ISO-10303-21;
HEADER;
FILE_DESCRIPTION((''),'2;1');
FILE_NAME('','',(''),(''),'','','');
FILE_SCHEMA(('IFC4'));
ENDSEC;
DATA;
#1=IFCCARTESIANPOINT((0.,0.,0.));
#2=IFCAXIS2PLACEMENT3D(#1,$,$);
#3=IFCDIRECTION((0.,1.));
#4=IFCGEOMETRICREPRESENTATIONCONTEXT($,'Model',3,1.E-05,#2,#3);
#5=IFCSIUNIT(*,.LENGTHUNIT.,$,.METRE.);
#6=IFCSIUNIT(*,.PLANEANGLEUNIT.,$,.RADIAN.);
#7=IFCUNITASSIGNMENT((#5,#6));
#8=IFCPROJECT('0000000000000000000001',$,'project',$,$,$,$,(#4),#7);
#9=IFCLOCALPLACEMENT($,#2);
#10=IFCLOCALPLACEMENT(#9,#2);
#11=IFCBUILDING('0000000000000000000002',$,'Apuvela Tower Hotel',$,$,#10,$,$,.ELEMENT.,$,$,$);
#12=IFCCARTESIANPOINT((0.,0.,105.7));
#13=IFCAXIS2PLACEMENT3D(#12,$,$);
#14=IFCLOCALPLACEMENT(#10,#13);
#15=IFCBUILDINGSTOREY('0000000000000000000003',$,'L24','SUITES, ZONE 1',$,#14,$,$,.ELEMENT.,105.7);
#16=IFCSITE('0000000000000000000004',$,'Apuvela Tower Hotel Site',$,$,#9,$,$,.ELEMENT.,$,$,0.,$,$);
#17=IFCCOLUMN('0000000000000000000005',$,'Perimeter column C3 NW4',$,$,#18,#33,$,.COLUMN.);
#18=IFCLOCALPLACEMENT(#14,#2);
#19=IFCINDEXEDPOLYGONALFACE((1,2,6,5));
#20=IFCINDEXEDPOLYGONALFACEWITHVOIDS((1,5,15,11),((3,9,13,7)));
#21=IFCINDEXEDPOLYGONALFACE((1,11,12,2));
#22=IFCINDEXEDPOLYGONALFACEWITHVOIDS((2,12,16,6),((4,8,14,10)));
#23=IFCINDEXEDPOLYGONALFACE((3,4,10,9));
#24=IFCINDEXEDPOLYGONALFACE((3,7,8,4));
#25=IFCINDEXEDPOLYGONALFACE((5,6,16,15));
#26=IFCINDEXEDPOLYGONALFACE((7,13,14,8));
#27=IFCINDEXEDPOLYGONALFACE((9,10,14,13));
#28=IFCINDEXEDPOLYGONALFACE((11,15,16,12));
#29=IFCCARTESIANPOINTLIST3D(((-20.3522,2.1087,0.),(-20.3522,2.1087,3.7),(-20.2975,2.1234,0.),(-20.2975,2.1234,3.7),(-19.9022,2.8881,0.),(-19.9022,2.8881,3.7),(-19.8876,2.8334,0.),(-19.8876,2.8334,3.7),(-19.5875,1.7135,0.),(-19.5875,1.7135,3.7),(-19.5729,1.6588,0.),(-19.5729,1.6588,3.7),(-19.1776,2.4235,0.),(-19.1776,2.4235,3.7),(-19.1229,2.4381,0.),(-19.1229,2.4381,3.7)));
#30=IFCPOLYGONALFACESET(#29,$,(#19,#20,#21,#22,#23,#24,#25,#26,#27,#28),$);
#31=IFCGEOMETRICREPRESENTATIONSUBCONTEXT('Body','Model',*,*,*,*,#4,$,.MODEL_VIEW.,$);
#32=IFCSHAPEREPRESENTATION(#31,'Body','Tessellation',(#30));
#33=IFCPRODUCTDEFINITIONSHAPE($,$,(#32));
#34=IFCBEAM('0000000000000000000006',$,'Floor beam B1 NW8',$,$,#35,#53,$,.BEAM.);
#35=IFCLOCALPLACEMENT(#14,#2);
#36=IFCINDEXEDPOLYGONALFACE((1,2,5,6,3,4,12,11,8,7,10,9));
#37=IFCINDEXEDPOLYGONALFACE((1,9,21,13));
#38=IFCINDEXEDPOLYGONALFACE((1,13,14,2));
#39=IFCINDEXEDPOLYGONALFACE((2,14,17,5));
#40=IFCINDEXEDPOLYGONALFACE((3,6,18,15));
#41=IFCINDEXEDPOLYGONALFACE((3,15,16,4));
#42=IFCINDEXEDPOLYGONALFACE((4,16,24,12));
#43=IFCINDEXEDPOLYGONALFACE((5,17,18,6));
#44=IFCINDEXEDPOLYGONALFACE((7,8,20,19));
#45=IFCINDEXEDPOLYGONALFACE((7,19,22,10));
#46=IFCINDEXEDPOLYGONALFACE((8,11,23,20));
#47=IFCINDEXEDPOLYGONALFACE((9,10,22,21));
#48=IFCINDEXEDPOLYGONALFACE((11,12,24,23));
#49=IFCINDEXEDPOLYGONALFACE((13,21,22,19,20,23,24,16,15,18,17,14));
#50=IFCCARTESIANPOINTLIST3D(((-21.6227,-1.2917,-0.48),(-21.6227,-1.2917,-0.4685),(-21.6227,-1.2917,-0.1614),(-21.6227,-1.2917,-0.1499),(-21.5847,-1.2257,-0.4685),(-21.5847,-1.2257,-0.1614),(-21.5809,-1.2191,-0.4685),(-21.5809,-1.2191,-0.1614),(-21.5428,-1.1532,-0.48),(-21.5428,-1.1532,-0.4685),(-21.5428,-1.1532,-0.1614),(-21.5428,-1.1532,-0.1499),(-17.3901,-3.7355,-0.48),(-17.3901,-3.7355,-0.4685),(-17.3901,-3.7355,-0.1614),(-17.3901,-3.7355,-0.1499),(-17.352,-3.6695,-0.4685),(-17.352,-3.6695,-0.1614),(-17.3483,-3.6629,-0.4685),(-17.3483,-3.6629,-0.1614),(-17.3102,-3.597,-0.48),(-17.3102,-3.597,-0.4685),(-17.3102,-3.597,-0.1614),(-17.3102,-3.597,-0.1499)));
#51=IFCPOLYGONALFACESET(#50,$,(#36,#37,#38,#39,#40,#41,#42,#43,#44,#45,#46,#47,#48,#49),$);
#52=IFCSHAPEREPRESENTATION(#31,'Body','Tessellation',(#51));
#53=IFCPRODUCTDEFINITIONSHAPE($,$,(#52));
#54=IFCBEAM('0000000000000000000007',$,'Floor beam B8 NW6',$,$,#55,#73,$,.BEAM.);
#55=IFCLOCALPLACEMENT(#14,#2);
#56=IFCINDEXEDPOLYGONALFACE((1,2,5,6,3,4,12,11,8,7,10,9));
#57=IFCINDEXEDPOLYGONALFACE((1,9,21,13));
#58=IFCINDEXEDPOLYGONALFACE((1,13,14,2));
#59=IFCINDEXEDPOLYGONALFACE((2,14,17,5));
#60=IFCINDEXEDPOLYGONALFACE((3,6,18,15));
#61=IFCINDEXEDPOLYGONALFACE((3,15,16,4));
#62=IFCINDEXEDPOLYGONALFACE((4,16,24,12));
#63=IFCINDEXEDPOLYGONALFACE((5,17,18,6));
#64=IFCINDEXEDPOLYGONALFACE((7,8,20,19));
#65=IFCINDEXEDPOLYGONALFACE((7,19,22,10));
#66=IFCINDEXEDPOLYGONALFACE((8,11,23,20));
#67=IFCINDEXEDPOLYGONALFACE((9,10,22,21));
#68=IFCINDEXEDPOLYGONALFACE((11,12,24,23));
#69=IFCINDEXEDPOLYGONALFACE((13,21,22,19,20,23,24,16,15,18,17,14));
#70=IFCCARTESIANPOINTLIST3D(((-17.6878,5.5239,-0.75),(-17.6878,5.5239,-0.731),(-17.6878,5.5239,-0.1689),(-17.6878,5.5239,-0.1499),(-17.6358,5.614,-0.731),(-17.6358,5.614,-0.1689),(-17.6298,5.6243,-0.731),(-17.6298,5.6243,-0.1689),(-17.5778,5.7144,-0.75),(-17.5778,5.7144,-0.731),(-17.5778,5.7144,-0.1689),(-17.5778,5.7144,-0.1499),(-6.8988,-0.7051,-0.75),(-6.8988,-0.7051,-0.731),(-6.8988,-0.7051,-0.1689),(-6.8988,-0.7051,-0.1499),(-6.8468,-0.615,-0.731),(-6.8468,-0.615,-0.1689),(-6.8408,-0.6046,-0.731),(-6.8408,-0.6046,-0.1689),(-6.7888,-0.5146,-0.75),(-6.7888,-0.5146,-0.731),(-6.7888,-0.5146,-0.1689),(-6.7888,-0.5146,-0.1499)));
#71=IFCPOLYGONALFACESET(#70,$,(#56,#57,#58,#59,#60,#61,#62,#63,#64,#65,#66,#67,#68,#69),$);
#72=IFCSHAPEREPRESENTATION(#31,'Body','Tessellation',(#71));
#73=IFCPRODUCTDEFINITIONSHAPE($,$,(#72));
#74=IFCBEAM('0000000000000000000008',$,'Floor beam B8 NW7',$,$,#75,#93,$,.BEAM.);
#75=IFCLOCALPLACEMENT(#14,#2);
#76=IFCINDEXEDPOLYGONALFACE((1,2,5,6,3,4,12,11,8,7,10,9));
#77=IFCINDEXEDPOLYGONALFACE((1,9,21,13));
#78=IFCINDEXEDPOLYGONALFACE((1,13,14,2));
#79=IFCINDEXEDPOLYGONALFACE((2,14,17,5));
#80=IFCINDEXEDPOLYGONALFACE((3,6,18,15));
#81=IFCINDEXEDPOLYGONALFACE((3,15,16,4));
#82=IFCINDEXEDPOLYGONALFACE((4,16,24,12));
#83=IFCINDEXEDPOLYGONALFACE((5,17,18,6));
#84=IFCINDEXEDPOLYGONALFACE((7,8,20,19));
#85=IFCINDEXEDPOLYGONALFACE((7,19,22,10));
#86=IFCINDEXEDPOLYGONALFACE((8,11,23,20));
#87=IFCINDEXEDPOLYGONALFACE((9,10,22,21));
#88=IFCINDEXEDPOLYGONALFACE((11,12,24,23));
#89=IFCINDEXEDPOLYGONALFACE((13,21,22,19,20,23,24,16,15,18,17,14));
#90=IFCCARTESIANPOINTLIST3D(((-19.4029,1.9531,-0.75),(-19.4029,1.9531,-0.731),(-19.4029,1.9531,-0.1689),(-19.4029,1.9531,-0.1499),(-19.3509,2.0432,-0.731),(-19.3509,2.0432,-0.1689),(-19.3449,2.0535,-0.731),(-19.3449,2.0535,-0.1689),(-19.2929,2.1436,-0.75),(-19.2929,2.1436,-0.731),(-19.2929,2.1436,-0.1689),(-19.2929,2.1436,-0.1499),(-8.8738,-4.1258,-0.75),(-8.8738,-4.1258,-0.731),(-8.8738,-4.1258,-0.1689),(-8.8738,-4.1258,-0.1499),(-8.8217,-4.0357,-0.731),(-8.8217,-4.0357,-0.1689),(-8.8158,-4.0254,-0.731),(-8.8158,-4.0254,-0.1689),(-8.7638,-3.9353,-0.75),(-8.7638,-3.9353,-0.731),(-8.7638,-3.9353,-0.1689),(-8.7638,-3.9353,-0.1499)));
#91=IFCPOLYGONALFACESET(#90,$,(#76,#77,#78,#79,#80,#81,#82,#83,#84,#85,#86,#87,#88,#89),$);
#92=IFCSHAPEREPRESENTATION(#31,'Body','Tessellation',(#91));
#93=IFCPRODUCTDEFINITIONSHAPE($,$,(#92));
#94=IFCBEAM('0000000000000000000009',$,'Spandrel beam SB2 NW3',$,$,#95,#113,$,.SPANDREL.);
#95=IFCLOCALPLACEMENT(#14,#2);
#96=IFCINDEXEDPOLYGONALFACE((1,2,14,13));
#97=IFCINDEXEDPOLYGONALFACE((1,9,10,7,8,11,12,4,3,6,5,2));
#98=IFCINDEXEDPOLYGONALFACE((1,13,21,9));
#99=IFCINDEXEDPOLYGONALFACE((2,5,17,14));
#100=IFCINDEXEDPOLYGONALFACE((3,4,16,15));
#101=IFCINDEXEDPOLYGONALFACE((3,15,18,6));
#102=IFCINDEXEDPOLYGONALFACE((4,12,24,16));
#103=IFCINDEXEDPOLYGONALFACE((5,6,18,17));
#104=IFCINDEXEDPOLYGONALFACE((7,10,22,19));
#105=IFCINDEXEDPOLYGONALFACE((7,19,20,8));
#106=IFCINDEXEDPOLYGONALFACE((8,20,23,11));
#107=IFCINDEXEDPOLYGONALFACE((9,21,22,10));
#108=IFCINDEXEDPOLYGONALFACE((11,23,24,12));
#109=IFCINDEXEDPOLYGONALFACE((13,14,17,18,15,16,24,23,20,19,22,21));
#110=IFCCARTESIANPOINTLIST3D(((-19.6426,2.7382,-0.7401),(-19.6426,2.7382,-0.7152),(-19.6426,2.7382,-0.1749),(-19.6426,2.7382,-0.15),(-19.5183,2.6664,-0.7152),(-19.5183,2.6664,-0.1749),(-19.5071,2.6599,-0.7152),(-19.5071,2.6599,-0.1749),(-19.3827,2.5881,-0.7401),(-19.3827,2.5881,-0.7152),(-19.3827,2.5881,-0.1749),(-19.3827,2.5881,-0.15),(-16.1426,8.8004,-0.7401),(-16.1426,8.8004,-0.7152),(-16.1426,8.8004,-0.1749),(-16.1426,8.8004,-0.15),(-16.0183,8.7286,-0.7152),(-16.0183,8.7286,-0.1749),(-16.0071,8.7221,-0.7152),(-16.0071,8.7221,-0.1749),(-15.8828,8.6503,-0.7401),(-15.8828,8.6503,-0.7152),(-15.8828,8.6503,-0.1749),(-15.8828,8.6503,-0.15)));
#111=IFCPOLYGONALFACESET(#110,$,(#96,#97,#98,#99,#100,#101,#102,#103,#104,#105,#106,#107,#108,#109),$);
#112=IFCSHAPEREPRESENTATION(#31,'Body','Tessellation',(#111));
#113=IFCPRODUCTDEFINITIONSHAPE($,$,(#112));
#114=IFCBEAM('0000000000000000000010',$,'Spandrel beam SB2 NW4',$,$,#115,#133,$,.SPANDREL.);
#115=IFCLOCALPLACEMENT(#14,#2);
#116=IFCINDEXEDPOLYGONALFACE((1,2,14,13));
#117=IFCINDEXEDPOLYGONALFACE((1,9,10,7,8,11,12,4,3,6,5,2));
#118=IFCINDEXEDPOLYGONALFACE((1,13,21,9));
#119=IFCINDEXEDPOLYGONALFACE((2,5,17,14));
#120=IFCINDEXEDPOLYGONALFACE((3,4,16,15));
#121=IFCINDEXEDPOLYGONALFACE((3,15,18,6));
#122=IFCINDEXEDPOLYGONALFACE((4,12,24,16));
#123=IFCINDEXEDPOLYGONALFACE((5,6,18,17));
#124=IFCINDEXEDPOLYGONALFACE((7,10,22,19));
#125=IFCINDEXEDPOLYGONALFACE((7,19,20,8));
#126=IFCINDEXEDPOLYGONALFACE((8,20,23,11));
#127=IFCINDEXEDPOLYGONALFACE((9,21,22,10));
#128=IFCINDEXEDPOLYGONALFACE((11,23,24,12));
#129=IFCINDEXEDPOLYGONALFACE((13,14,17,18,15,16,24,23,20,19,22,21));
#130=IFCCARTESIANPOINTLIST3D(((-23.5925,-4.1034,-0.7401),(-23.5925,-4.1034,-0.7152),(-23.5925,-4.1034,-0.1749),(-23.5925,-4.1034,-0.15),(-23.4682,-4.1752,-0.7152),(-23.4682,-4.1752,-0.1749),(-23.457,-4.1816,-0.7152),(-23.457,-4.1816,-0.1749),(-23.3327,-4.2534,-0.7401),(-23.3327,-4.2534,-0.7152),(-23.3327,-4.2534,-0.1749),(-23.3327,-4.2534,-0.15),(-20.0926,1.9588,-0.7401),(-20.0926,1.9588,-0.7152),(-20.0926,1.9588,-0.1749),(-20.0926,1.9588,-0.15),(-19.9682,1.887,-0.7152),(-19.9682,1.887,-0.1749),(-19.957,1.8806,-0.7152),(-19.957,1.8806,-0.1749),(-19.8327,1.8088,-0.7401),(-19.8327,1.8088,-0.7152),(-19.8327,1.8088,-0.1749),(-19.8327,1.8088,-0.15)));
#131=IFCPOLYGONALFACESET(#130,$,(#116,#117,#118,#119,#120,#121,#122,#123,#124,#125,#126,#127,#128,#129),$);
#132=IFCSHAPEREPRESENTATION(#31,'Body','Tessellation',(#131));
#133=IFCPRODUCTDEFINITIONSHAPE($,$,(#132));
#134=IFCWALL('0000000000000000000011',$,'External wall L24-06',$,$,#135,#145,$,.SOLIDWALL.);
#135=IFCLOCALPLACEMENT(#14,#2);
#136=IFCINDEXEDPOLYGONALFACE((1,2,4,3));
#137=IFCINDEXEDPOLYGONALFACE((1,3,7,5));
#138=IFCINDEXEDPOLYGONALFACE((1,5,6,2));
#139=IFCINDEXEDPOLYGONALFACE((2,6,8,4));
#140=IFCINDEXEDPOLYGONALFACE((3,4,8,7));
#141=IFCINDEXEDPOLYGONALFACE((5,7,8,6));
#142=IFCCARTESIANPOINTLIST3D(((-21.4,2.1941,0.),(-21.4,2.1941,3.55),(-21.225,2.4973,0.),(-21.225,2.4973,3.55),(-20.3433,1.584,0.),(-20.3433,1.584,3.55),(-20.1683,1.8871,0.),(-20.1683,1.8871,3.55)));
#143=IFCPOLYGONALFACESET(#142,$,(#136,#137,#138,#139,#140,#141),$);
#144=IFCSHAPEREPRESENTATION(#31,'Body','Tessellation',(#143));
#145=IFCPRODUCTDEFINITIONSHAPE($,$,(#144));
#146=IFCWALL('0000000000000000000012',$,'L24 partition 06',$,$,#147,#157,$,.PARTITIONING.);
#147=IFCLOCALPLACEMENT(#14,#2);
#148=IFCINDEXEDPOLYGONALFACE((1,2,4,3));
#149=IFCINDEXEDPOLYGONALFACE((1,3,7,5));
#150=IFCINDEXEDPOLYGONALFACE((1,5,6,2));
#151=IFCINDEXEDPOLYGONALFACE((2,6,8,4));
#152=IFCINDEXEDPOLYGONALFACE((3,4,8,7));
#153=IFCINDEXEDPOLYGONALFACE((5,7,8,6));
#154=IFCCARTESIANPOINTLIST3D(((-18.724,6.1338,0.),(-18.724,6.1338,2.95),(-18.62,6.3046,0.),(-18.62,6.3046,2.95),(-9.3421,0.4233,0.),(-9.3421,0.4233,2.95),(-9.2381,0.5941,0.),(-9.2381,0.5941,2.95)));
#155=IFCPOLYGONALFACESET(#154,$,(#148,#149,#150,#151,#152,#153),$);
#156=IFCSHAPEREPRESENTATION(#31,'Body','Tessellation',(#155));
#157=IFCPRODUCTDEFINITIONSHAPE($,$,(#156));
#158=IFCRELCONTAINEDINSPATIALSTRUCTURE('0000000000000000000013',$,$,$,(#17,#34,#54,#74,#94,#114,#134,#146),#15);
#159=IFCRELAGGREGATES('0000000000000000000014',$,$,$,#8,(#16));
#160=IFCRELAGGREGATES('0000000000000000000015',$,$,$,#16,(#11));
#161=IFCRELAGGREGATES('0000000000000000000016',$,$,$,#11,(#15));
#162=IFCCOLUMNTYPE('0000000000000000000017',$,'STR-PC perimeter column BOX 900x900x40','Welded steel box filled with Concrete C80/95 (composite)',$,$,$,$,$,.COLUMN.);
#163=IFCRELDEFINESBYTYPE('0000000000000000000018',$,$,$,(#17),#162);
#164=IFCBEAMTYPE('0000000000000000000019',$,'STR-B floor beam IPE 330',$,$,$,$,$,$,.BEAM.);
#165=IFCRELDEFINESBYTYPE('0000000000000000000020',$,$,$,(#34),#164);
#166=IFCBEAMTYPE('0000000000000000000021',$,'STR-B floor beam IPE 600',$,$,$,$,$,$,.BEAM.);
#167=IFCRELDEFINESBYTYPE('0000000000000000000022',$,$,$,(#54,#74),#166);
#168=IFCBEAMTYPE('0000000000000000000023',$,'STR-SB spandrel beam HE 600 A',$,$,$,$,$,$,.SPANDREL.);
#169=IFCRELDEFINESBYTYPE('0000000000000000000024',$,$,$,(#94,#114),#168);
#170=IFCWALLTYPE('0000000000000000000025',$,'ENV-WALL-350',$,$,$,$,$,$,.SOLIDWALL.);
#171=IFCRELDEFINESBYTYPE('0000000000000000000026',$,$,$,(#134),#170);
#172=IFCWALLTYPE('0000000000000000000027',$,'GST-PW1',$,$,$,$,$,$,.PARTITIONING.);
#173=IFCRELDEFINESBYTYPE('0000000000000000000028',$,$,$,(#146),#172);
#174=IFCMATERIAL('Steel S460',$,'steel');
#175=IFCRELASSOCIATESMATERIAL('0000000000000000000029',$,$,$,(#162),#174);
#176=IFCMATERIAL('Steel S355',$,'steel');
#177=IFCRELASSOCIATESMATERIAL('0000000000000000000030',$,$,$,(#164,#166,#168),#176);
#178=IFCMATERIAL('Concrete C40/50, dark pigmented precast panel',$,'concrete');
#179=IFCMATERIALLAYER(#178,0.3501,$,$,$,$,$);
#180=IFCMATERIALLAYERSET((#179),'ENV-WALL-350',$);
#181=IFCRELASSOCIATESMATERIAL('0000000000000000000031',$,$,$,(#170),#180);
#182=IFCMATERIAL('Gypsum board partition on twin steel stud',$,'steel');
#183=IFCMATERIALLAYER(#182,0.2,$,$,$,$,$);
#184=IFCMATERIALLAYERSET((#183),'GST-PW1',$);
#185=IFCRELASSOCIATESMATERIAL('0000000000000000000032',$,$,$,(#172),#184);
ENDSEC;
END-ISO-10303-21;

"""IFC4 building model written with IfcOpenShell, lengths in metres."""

from ifc_helpers import new_model, si_unit, direction, frame, frame_2d, origin, origin_2d, place, context, subcontext, project, spatial, rectangle, hollow_rectangle, i_section, extrude, material, layer, layer_set, material_profile, profile_set, type_object, element, save


model = new_model("IFC4")

# Units and contexts
model_context = context("Model", 3, precision=1e-05, world=origin(), true_north=direction((0.0, 1.0)))
body_context = subcontext(model_context, "Body", "Model", "MODEL_VIEW")
ifc_project = project(units=[si_unit("LENGTHUNIT", "METRE"), si_unit("PLANEANGLEUNIT", "RADIAN")], contexts=[model_context])

# Site, building, storey
site_placement = place(None, origin())
site = spatial("IfcSite", under=ifc_project, at=site_placement, Name="Apuvela Tower Hotel Site", CompositionType="ELEMENT", RefElevation=0.0)
building_placement = place(site_placement, origin())
building = spatial("IfcBuilding", under=site, at=building_placement, Name="Apuvela Tower Hotel", CompositionType="ELEMENT")
storey_placement = place(building_placement, frame((0.0, 0.0, 105.7)))
storey = spatial("IfcBuildingStorey", under=building, at=storey_placement, Name="L24", Description="SUITES, ZONE 1", CompositionType="ELEMENT", Elevation=105.7)

# Column
ifc_material_1 = material(Name="Steel S460", Category="steel")
ifc_material_profile_1 = material_profile(ifc_material_1, hollow_rectangle(XDim=0.8999, YDim=0.8999, WallThickness=0.04, at=origin_2d()), Name="BOX 900x900x40")
ifc_material_2 = material(Name="Concrete C80/95", Category="concrete")
ifc_material_profile_2 = material_profile(ifc_material_2, rectangle(XDim=0.8201, YDim=0.8201, at=origin_2d()), Name="Concrete C80/95 infill")
ifc_profile_set_1 = profile_set([ifc_material_profile_1, ifc_material_profile_2], Name="Steel S460")
column_type = type_object("IfcColumnType", Name="STR-PC perimeter column BOX 900x900x40", Description="Welded steel box filled with Concrete C80/95 (composite)", PredefinedType="COLUMN", material=ifc_profile_set_1)
column_placement = place(storey_placement, frame((-19.7375, 2.2734, 0.0), z_axis=(0.0, 0.0, 1.0), x_axis=(0.5, 0.866025, 0.0)))
element("IfcColumn", 1, at=column_placement, inside=storey, type_object=column_type, Name="Perimeter column C3 NW4", PredefinedType="COLUMN", context=body_context, shape_type="SweptSolid", body=[
    extrude(hollow_rectangle(XDim=0.8999, YDim=0.8999, WallThickness=0.04, at=origin_2d()), origin(), (0.0, 0.0, 1.0), 3.7),
])

# Beams
ifc_material_3 = material(Name="Steel S355", Category="steel")
ifc_material_profile_3 = material_profile(ifc_material_3, i_section(OverallWidth=0.1599, OverallDepth=0.3301, WebThickness=0.0076, FlangeThickness=0.0115, at=origin_2d()), Name="IPE 330")
ifc_profile_set_2 = profile_set([ifc_material_profile_3], Name="Steel S355")
beam_type_1 = type_object("IfcBeamType", Name="STR-B floor beam IPE 330", PredefinedType="BEAM", material=ifc_profile_set_2)
beam_1_placement = place(storey_placement, frame((-21.5828, -1.2224, -0.3149), z_axis=(0.866015, -0.500018, 0.0), x_axis=(0.500018, 0.866015, 0.0)))
element("IfcBeam", 2, at=beam_1_placement, inside=storey, type_object=beam_type_1, Name="Floor beam B1 NW8", PredefinedType="BEAM", context=body_context, shape_type="SweptSolid", body=[
    extrude(i_section(OverallWidth=0.1599, OverallDepth=0.3301, WebThickness=0.0076, FlangeThickness=0.0115, at=origin_2d()), origin(), (0.0, 0.0, 1.0), 4.8875),
])
ifc_material_profile_4 = material_profile(ifc_material_3, i_section(OverallWidth=0.22, OverallDepth=0.6001, WebThickness=0.012, FlangeThickness=0.019, at=origin_2d()), Name="IPE 600")
ifc_profile_set_3 = profile_set([ifc_material_profile_4], Name="Steel S355")
beam_type_2 = type_object("IfcBeamType", Name="STR-B floor beam IPE 600", PredefinedType="BEAM", material=ifc_profile_set_3)
beam_2_placement = place(storey_placement, frame((-17.6328, 5.6191, -0.45), z_axis=(0.866028, -0.499996, 0.0), x_axis=(0.499996, 0.866028, 0.0)))
element("IfcBeam", 3, at=beam_2_placement, inside=storey, type_object=beam_type_2, Name="Floor beam B8 NW6", PredefinedType="BEAM", context=body_context, shape_type="SweptSolid", body=[
    extrude(i_section(OverallWidth=0.22, OverallDepth=0.6001, WebThickness=0.012, FlangeThickness=0.019, at=origin_2d()), origin(), (0.0, 0.0, 1.0), 12.458),
])
beam_3_placement = place(storey_placement, frame((-19.3479, 2.0483, -0.45), z_axis=(0.866029, -0.499994, 0.0), x_axis=(0.499994, 0.866029, 0.0)))
element("IfcBeam", 4, at=beam_3_placement, inside=storey, type_object=beam_type_2, Name="Floor beam B8 NW7", PredefinedType="BEAM", context=body_context, shape_type="SweptSolid", body=[
    extrude(i_section(OverallWidth=0.22, OverallDepth=0.6001, WebThickness=0.012, FlangeThickness=0.019, at=origin_2d()), origin(), (0.0, 0.0, 1.0), 12.158),
])
ifc_material_profile_5 = material_profile(ifc_material_3, i_section(OverallWidth=0.3, OverallDepth=0.5901, WebThickness=0.0129, FlangeThickness=0.0249, at=origin_2d()), Name="HE 600 A")
ifc_profile_set_4 = profile_set([ifc_material_profile_5], Name="Steel S355")
beam_type_3 = type_object("IfcBeamType", Name="STR-SB spandrel beam HE 600 A", PredefinedType="SPANDREL", material=ifc_profile_set_4)
for number, where, z_axis, x_axis, name in (
    (5, (-16.0127, 8.7253, -0.4451), (-0.499995, -0.866028, 0.0), (0.866028, -0.499995, 0.0), "Spandrel beam SB2 NW3"),
    (6, (-19.9626, 1.8838, -0.4451), (-0.499995, -0.866028, 0.0), (0.866028, -0.499995, 0.0), "Spandrel beam SB2 NW4"),
):
    element("IfcBeam", number, at=place(storey_placement, frame(where, z_axis=z_axis, x_axis=x_axis)), inside=storey, type_object=beam_type_3, Name=name, PredefinedType="SPANDREL", context=body_context, shape_type="SweptSolid", body=[
        extrude(i_section(OverallWidth=0.3, OverallDepth=0.5901, WebThickness=0.0129, FlangeThickness=0.0249, at=origin_2d()), origin(), (0.0, 0.0, 1.0), 7.0),
    ])

# Shared definitions
ifc_material_4 = material(Name="Concrete C40/50, dark pigmented precast panel", Category="concrete")
ifc_layer_1 = layer(ifc_material_4, 0.3501)
ifc_layer_set_1 = layer_set([ifc_layer_1], Name="ENV-WALL-350")
wall_type_1 = type_object("IfcWallType", Name="ENV-WALL-350", PredefinedType="SOLIDWALL", material=ifc_layer_set_1)

# Wall
wall_1_placement = place(storey_placement, frame((-21.3125, 2.3457, 0.0), z_axis=(0.0, 0.0, 1.0), x_axis=(0.866006, -0.500034, 0.0)))
element("IfcWall", 7, at=wall_1_placement, inside=storey, type_object=wall_type_1, Name="External wall L24-06", PredefinedType="SOLIDWALL", context=body_context, shape_type="SweptSolid", body=[
    extrude(rectangle(XDim=1.2202, YDim=0.3501, at=frame_2d((0.6101, 0.0))), origin(), (0.0, 0.0, 1.0), 3.55),
])

# Wall
ifc_material_5 = material(Name="Gypsum board partition on twin steel stud", Category="steel")
ifc_layer_2 = layer(ifc_material_5, 0.2)
ifc_layer_set_2 = layer_set([ifc_layer_2], Name="GST-PW1")
wall_type_2 = type_object("IfcWallType", Name="GST-PW1", PredefinedType="PARTITIONING", material=ifc_layer_set_2)
wall_2_placement = place(storey_placement, frame((-18.6721, 6.2192, 0.0), z_axis=(0.0, 0.0, 1.0), x_axis=(0.854208, -0.519931, 0.0)))
element("IfcWall", 8, at=wall_2_placement, inside=storey, type_object=wall_type_2, Name="L24 partition 06", PredefinedType="PARTITIONING", context=body_context, shape_type="SweptSolid", body=[
    extrude(rectangle(XDim=10.9832, YDim=0.2, at=frame_2d((5.4917, 0.0))), origin(), (0.0, 0.0, 1.0), 2.95),
])

save(model, "model.ifc")
